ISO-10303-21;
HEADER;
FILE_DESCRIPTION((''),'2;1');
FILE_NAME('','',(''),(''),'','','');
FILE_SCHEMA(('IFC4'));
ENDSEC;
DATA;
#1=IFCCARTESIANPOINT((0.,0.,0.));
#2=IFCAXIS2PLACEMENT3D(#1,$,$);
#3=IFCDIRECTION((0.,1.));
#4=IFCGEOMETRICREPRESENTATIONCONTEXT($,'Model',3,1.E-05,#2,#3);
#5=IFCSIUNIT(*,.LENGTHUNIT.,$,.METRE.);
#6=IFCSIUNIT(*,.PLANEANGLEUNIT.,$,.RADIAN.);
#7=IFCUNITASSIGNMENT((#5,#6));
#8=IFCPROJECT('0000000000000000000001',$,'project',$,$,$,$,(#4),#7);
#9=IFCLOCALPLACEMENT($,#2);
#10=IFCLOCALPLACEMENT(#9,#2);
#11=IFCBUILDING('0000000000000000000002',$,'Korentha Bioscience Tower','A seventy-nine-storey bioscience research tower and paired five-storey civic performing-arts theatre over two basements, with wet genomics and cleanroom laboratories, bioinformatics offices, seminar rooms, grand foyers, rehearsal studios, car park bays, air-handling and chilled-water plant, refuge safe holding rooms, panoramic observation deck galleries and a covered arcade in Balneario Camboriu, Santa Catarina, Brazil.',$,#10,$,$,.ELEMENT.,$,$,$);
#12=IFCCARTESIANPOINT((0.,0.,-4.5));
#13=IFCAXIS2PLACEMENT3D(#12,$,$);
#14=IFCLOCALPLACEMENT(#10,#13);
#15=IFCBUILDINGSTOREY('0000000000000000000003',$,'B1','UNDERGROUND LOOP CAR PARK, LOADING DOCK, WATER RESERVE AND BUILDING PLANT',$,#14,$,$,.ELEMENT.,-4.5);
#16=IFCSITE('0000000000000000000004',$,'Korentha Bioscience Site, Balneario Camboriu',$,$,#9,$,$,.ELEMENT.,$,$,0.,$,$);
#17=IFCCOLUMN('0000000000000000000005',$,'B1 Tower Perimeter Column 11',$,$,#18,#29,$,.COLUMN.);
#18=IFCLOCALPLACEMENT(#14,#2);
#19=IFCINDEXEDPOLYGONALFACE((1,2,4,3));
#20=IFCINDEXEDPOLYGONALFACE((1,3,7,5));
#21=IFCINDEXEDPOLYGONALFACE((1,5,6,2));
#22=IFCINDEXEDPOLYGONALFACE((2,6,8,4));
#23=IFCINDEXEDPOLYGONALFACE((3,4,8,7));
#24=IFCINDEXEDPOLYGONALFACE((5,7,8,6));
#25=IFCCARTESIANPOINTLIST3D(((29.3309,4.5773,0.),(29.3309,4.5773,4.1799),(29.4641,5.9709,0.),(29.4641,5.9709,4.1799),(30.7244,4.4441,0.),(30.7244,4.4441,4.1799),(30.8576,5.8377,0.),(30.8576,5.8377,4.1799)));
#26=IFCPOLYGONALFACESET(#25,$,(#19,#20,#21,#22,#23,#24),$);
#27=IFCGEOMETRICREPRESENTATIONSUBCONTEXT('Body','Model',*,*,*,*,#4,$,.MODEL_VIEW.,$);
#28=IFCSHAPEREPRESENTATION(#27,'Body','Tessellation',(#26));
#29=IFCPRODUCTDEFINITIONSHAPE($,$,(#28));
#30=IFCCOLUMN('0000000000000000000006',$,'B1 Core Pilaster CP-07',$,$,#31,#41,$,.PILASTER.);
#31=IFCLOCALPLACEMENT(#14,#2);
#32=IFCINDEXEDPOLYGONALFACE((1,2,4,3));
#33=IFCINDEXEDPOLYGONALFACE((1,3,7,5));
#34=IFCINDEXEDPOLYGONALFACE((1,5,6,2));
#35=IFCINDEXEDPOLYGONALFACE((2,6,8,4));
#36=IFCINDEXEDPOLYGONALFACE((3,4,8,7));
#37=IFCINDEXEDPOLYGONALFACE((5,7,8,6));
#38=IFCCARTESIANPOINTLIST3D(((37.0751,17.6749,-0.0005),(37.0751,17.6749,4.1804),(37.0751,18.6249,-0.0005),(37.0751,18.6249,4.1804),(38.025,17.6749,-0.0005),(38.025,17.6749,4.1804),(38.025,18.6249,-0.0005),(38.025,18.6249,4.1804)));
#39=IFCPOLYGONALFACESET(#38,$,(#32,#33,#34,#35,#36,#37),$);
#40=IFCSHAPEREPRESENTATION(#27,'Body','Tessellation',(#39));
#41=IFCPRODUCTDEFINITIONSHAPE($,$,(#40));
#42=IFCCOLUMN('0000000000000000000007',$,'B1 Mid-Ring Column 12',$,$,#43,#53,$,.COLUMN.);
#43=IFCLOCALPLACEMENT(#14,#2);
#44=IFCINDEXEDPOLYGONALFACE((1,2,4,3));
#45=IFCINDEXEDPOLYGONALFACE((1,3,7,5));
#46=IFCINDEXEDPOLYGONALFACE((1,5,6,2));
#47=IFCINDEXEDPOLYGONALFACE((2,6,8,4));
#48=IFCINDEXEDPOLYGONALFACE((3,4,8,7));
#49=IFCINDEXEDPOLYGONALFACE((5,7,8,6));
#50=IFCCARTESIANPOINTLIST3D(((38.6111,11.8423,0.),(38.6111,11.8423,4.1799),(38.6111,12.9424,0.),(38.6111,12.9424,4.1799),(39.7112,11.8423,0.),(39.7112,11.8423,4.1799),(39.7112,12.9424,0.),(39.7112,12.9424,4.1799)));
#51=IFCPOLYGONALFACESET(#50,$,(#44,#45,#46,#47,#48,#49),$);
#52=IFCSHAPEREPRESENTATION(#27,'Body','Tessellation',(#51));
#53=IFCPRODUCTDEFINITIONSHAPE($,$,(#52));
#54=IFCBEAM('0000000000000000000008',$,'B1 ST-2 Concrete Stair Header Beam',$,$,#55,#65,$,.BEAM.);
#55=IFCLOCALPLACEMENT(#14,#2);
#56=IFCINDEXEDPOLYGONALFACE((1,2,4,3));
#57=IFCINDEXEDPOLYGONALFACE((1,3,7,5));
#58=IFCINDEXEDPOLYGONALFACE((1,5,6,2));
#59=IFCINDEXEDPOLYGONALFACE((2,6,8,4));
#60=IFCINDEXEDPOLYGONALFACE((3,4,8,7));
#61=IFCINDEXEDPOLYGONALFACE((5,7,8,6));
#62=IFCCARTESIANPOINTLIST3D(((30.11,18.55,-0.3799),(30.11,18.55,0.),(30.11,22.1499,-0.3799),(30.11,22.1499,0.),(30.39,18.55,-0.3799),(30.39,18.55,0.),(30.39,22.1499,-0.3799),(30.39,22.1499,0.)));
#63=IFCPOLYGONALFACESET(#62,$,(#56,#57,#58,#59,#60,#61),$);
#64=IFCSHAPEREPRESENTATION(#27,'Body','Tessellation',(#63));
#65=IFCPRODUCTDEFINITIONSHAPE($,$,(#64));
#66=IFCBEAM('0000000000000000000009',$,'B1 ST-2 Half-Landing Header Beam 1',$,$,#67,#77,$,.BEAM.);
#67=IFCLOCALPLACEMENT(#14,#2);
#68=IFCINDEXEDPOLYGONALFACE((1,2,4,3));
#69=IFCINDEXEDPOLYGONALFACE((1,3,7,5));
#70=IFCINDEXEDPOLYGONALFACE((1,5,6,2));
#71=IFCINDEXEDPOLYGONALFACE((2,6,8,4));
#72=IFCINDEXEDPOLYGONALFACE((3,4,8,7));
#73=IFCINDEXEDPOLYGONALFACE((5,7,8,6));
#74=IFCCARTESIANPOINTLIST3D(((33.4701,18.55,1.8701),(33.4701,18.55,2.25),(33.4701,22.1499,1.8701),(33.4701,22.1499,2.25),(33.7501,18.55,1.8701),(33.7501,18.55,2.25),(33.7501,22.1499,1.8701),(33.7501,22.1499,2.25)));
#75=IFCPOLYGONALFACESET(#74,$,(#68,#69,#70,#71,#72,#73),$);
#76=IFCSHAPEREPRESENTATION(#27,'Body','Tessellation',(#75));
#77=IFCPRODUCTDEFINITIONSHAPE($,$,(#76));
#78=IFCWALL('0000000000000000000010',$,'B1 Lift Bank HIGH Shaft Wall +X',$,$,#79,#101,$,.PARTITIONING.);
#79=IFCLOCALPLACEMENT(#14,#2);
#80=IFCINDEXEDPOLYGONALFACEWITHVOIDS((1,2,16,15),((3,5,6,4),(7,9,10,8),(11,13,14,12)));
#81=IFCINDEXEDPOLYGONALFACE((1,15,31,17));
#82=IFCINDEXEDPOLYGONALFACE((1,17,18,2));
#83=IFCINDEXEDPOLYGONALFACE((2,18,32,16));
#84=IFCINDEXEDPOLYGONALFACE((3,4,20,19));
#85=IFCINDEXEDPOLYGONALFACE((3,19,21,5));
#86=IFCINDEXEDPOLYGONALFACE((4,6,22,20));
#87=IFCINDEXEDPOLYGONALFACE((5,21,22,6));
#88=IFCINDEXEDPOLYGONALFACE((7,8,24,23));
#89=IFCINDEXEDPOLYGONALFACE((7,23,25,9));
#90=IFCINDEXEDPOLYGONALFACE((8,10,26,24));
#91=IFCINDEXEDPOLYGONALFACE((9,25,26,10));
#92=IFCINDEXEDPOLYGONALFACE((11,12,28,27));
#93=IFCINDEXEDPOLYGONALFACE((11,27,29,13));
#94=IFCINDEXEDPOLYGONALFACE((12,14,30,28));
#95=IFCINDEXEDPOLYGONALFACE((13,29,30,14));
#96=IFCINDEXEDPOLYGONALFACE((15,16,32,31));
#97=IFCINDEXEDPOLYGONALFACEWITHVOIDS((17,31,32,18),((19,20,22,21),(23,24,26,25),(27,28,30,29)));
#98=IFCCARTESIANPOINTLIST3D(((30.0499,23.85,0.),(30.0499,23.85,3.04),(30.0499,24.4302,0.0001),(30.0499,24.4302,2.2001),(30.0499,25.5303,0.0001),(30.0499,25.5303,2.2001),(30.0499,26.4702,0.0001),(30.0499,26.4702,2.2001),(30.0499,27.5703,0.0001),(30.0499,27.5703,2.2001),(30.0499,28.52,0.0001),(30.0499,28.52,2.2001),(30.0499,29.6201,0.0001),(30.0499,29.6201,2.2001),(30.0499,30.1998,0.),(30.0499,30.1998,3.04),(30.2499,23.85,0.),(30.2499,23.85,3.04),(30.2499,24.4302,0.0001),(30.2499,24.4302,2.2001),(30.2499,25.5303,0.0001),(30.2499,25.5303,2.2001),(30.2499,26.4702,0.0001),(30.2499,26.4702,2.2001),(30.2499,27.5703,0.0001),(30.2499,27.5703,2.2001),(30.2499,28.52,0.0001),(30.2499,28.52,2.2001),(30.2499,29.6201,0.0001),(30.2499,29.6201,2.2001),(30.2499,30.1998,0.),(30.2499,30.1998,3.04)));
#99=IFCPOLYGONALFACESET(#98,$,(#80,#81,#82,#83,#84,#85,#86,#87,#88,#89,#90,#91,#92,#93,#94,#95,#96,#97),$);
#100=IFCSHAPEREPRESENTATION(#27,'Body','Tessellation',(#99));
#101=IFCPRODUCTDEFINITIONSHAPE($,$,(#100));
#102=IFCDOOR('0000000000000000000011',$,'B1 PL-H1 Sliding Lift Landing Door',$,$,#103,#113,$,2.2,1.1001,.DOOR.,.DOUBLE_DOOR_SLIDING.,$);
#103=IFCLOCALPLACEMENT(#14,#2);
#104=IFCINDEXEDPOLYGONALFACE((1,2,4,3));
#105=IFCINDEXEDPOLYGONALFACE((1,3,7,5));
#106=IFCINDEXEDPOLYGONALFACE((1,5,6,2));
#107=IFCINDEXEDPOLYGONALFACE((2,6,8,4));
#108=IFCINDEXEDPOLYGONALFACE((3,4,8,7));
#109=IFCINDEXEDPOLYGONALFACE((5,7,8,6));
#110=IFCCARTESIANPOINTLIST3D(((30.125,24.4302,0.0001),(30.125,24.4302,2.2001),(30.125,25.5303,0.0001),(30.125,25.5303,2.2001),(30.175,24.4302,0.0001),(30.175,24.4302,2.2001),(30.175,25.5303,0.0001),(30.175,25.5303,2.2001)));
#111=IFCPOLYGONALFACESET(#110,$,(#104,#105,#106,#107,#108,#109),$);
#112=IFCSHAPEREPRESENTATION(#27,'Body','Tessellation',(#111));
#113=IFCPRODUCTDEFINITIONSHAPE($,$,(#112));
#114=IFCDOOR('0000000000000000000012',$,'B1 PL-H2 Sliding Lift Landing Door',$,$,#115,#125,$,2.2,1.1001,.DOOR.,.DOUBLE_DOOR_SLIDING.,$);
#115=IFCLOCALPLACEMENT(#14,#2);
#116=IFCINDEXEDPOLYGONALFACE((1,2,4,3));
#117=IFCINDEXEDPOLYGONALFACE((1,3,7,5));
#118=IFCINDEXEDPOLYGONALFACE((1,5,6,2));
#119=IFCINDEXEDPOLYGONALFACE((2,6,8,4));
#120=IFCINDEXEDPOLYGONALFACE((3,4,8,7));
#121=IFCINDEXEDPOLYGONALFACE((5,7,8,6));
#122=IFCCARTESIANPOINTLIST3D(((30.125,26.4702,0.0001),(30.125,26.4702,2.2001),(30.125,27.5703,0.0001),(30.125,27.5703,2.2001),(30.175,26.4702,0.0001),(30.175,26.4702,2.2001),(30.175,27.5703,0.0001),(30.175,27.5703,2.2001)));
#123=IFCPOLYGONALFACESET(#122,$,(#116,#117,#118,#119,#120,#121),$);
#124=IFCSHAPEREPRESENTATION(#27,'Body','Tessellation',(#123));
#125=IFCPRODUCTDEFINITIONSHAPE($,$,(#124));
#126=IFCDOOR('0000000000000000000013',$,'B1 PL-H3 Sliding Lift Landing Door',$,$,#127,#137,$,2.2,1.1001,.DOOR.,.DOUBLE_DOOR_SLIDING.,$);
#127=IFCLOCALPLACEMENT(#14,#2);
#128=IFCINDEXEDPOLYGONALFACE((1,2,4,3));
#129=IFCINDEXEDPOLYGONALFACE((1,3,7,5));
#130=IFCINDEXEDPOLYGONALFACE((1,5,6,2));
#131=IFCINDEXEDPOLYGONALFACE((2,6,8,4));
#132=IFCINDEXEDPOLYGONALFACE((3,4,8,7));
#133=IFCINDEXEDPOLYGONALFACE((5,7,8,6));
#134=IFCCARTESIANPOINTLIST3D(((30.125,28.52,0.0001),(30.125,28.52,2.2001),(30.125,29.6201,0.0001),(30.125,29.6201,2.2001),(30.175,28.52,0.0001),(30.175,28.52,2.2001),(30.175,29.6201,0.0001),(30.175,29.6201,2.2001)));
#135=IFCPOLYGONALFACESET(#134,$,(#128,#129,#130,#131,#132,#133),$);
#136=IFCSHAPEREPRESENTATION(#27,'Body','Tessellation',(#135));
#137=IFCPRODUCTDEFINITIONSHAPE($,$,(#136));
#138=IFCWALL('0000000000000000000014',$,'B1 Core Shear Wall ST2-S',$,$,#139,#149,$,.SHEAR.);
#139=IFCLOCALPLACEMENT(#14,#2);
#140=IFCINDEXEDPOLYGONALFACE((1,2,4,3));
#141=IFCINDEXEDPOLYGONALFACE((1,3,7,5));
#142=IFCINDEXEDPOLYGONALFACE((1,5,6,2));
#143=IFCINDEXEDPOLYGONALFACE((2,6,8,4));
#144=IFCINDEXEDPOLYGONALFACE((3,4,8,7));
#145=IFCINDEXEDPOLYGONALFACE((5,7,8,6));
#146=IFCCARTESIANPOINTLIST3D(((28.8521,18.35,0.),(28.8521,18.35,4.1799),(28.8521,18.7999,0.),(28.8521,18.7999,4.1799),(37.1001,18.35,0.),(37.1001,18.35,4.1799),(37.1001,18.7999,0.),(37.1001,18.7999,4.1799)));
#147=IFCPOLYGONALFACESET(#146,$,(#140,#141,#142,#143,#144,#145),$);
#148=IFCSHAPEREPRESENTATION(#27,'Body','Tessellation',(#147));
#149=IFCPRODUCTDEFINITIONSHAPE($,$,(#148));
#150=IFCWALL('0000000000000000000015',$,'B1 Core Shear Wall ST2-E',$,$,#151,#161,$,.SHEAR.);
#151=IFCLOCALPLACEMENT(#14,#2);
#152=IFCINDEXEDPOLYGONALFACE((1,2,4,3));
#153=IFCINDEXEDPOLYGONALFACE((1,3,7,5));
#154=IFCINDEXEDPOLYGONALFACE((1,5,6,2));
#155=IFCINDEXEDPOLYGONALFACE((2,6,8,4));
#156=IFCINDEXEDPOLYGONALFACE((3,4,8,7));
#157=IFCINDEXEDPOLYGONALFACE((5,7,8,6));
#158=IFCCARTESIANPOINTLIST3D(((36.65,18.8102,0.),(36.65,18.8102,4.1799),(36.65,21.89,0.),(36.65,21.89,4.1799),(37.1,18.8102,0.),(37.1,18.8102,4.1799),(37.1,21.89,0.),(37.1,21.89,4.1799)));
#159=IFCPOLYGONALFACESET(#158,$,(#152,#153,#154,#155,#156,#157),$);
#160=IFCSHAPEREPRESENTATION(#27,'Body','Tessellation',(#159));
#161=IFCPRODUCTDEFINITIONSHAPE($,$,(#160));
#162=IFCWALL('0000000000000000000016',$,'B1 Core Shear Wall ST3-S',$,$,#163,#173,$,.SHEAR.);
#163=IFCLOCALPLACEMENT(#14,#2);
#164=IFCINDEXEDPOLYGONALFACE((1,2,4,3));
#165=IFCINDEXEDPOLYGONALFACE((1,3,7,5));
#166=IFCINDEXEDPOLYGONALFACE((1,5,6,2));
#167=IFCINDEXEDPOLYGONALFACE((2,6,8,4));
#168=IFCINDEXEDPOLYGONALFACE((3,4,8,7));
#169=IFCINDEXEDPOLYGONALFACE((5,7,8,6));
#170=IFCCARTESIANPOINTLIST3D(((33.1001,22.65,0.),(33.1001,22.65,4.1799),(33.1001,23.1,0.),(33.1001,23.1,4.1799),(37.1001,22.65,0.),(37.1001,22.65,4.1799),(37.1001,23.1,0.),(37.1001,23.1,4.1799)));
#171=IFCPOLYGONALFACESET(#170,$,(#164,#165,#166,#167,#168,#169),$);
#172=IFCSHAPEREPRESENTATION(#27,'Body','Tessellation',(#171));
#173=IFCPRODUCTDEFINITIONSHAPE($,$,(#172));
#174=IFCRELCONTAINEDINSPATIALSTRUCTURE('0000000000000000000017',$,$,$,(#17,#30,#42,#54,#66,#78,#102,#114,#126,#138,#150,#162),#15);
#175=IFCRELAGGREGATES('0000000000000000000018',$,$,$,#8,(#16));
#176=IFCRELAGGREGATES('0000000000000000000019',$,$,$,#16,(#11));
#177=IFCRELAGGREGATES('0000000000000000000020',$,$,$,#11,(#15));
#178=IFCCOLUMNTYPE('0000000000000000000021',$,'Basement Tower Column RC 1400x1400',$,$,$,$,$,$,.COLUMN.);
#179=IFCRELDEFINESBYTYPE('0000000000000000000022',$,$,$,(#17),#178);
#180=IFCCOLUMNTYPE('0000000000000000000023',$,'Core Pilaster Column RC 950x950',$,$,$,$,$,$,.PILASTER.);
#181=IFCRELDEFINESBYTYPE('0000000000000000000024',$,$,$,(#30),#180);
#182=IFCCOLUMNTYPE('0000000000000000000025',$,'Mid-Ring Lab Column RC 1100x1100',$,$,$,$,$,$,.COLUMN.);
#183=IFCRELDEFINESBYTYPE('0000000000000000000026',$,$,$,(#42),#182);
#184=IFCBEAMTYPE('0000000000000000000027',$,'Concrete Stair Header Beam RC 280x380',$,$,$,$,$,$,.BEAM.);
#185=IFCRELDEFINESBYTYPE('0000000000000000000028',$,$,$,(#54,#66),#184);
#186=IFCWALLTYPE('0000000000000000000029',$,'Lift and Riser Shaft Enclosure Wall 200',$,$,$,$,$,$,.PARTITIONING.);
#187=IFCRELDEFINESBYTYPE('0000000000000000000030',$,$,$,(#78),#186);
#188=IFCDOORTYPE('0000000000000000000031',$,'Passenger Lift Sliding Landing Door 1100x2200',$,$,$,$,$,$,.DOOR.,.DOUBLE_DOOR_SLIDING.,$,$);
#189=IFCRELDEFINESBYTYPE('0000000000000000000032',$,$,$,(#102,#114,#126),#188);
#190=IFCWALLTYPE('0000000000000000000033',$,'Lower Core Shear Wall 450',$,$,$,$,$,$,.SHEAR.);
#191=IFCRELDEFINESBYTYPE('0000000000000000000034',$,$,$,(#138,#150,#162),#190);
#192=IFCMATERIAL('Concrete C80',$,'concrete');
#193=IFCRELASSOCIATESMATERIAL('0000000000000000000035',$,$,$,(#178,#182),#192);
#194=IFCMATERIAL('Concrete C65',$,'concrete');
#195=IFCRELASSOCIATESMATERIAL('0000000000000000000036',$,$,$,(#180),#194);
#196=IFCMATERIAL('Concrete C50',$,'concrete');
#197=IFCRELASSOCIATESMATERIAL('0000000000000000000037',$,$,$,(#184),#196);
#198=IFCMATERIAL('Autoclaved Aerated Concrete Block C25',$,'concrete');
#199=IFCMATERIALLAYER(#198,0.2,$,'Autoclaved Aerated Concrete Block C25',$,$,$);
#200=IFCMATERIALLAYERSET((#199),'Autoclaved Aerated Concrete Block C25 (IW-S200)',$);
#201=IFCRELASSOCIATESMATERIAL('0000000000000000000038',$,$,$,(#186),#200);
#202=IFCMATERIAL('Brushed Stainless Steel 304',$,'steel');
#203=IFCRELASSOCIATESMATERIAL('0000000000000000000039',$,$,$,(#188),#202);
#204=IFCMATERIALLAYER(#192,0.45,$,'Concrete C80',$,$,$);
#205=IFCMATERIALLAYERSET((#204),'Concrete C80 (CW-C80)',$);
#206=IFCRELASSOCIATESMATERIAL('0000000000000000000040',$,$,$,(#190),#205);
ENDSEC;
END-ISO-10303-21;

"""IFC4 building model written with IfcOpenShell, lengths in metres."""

from ifc_helpers import new_model, si_unit, direction, frame, frame_2d, origin, origin_2d, place, context, subcontext, project, spatial, rectangle, extrude, material, layer, layer_set, material_profile, profile_set, type_object, element, fill, save


model = new_model("IFC4")

# Units and contexts
model_context = context("Model", 3, precision=1e-05, world=origin(), true_north=direction((0.0, 1.0)))
body_context = subcontext(model_context, "Body", "Model", "MODEL_VIEW")
ifc_project = project(units=[si_unit("LENGTHUNIT", "METRE"), si_unit("PLANEANGLEUNIT", "RADIAN")], contexts=[model_context])

# Site, building, storey
site_placement = place(None, origin())
site = spatial("IfcSite", under=ifc_project, at=site_placement, Name="Korentha Bioscience Site, Balneario Camboriu", CompositionType="ELEMENT", RefElevation=0.0)
building_placement = place(site_placement, origin())
building = spatial("IfcBuilding", under=site, at=building_placement, Name="Korentha Bioscience Tower", Description="A seventy-nine-storey bioscience research tower and paired five-storey civic performing-arts theatre over two basements, with wet genomics and cleanroom laboratories, bioinformatics offices, seminar rooms, grand foyers, rehearsal studios, car park bays, air-handling and chilled-water plant, refuge safe holding rooms, panoramic observation deck galleries and a covered arcade in Balneario Camboriu, Santa Catarina, Brazil.", CompositionType="ELEMENT")
storey_placement = place(building_placement, frame((0.0, 0.0, -4.5)))
storey = spatial("IfcBuildingStorey", under=building, at=storey_placement, Name="B1", Description="UNDERGROUND LOOP CAR PARK, LOADING DOCK, WATER RESERVE AND BUILDING PLANT", CompositionType="ELEMENT", Elevation=-4.5)

# Columns
ifc_material_1 = material(Name="Concrete C80", Category="concrete")
ifc_material_profile_1 = material_profile(ifc_material_1, rectangle(XDim=1.3999, YDim=1.3999, at=origin_2d()), Name="Concrete C80")
ifc_profile_set_1 = profile_set([ifc_material_profile_1], Name="Concrete C80 (COL-B14)")
column_type_1 = type_object("IfcColumnType", Name="Basement Tower Column RC 1400x1400", PredefinedType="COLUMN", material=ifc_profile_set_1)
column_1_placement = place(storey_placement, frame((30.0942, 5.2075, 0.0), z_axis=(0.0, 0.0, 1.0), x_axis=(-0.995463, 0.095151, 0.0)))
element("IfcColumn", 1, at=column_1_placement, inside=storey, type_object=column_type_1, Name="B1 Tower Perimeter Column 11", PredefinedType="COLUMN", context=body_context, shape_type="SweptSolid", body=[
    extrude(rectangle(XDim=1.3999, YDim=1.3999, at=origin_2d()), origin(), (0.0, 0.0, 1.0), 4.1799),
])
ifc_material_2 = material(Name="Concrete C65", Category="concrete")
ifc_material_profile_2 = material_profile(ifc_material_2, rectangle(XDim=0.95, YDim=0.95, at=origin_2d()), Name="Concrete C65")
ifc_profile_set_2 = profile_set([ifc_material_profile_2], Name="Concrete C65 (COL-CP09)")
column_type_2 = type_object("IfcColumnType", Name="Core Pilaster Column RC 950x950", PredefinedType="PILASTER", material=ifc_profile_set_2)
column_2_placement = place(storey_placement, frame((37.55, 18.1499, -0.0005), z_axis=(0.0, 0.0, 1.0), x_axis=(1.0, 0.0, 0.0)))
element("IfcColumn", 2, at=column_2_placement, inside=storey, type_object=column_type_2, Name="B1 Core Pilaster CP-07", PredefinedType="PILASTER", context=body_context, shape_type="SweptSolid", body=[
    extrude(rectangle(XDim=0.95, YDim=0.95, at=origin_2d()), origin(), (0.0, 0.0, 1.0), 4.1809),
])
ifc_material_profile_3 = material_profile(ifc_material_1, rectangle(XDim=1.1001, YDim=1.1001, at=origin_2d()), Name="Concrete C80")
ifc_profile_set_3 = profile_set([ifc_material_profile_3], Name="Concrete C80 (COL-MR11)")
column_type_3 = type_object("IfcColumnType", Name="Mid-Ring Lab Column RC 1100x1100", PredefinedType="COLUMN", material=ifc_profile_set_3)
column_3_placement = place(storey_placement, frame((39.1611, 12.3923, 0.0), z_axis=(0.0, 0.0, 1.0), x_axis=(1.0, 0.0, 0.0)))
element("IfcColumn", 3, at=column_3_placement, inside=storey, type_object=column_type_3, Name="B1 Mid-Ring Column 12", PredefinedType="COLUMN", context=body_context, shape_type="SweptSolid", body=[
    extrude(rectangle(XDim=1.1001, YDim=1.1001, at=origin_2d()), origin(), (0.0, 0.0, 1.0), 4.1799),
])

# Beams
ifc_material_3 = material(Name="Concrete C50", Category="concrete")
ifc_material_profile_4 = material_profile(ifc_material_3, rectangle(XDim=0.28, YDim=0.3799, at=origin_2d()), Name="Concrete C50")
ifc_profile_set_4 = profile_set([ifc_material_profile_4], Name="Concrete C50 (ST-HB380)")
beam_type = type_object("IfcBeamType", Name="Concrete Stair Header Beam RC 280x380", PredefinedType="BEAM", material=ifc_profile_set_4)
for number, where, z_axis, x_axis, name in (
    (4, (30.25, 18.55, -0.1899), (0.0, 1.0, 0.0), (-1.0, 0.0, 0.0), "B1 ST-2 Concrete Stair Header Beam"),
    (5, (33.6101, 18.55, 2.0601), (0.0, 1.0, 0.0), (-1.0, 0.0, 0.0), "B1 ST-2 Half-Landing Header Beam 1"),
):
    element("IfcBeam", number, at=place(storey_placement, frame(where, z_axis=z_axis, x_axis=x_axis)), inside=storey, type_object=beam_type, Name=name, PredefinedType="BEAM", context=body_context, shape_type="SweptSolid", body=[
        extrude(rectangle(XDim=0.28, YDim=0.3799, at=origin_2d()), origin(), (0.0, 0.0, 1.0), 3.5999),
    ])

# Wall, openings, doors
ifc_material_4 = material(Name="Autoclaved Aerated Concrete Block C25", Category="concrete")
ifc_layer_1 = layer(ifc_material_4, 0.2, Name="Autoclaved Aerated Concrete Block C25")
ifc_layer_set_1 = layer_set([ifc_layer_1], Name="Autoclaved Aerated Concrete Block C25 (IW-S200)")
wall_type_1 = type_object("IfcWallType", Name="Lift and Riser Shaft Enclosure Wall 200", PredefinedType="PARTITIONING", material=ifc_layer_set_1)
wall_1_placement = place(storey_placement, frame((30.1499, 23.8501, 0.0), z_axis=(0.0, 0.0, 1.0), x_axis=(0.0, 1.0, 0.0)))
wall_1 = element("IfcWall", 6, at=wall_1_placement, inside=storey, type_object=wall_type_1, Name="B1 Lift Bank HIGH Shaft Wall +X", PredefinedType="PARTITIONING", context=body_context, shape_type="SweptSolid", body=[
    extrude(rectangle(XDim=6.3499, YDim=0.2, at=frame_2d((3.1748, 0.0))), origin(), (0.0, 0.0, 1.0), 3.04),
])
opening_1_placement = place(wall_1_placement, frame((0.5801, 0.0, 0.0)))
opening_1 = element("IfcOpeningElement", 7, at=opening_1_placement, cuts=wall_1, PredefinedType="OPENING", context=body_context, shape_type="SweptSolid", body=[
    extrude(rectangle(XDim=1.1001, YDim=2.2, at=frame_2d((0.55, 1.1001))), frame((0.0, 0.1147, 0.0), z_axis=(0.0, -1.0, 0.0), x_axis=(1.0, 0.0, 0.0)), (0.0, 0.0, 1.0), 0.2297),
])
opening_2_placement = place(wall_1_placement, frame((2.6201, 0.0, 0.0)))
opening_2 = element("IfcOpeningElement", 8, at=opening_2_placement, cuts=wall_1, PredefinedType="OPENING", context=body_context, shape_type="SweptSolid", body=[
    extrude(rectangle(XDim=1.1001, YDim=2.2, at=frame_2d((0.55, 1.1001))), frame((0.0, 0.1147, 0.0), z_axis=(0.0, -1.0, 0.0), x_axis=(1.0, 0.0, 0.0)), (0.0, 0.0, 1.0), 0.2297),
])
opening_3_placement = place(wall_1_placement, frame((4.6699, 0.0, 0.0)))
opening_3 = element("IfcOpeningElement", 9, at=opening_3_placement, cuts=wall_1, PredefinedType="OPENING", context=body_context, shape_type="SweptSolid", body=[
    extrude(rectangle(XDim=1.1001, YDim=2.2, at=frame_2d((0.55, 1.1001))), frame((0.0, 0.1147, 0.0), z_axis=(0.0, -1.0, 0.0), x_axis=(1.0, 0.0, 0.0)), (0.0, 0.0, 1.0), 0.2297),
])
ifc_material_5 = material(Name="Brushed Stainless Steel 304", Category="steel")
door_type_1 = type_object("IfcDoorType", Name="Passenger Lift Sliding Landing Door 1100x2200", OperationType="DOUBLE_DOOR_SLIDING", PredefinedType="DOOR", material=ifc_material_5)
door_1_placement = place(opening_1_placement, origin())
door_1 = element("IfcDoor", 10, at=door_1_placement, inside=storey, type_object=door_type_1, Name="B1 PL-H1 Sliding Lift Landing Door", OperationType="DOUBLE_DOOR_SLIDING", OverallHeight=2.2, OverallWidth=1.1001, PredefinedType="DOOR", context=body_context, shape_type="SweptSolid", body=[
    extrude(rectangle(XDim=1.1001, YDim=2.2, at=frame_2d((0.55, 1.1001))), frame((0.0, 0.0249, 0.0), z_axis=(0.0, -1.0, 0.0), x_axis=(1.0, 0.0, 0.0)), (0.0, 0.0, 1.0), 0.05),
])
fill(opening_1, door_1)
door_2_placement = place(opening_2_placement, origin())
door_2 = element("IfcDoor", 11, at=door_2_placement, inside=storey, type_object=door_type_1, Name="B1 PL-H2 Sliding Lift Landing Door", OperationType="DOUBLE_DOOR_SLIDING", OverallHeight=2.2, OverallWidth=1.1001, PredefinedType="DOOR", context=body_context, shape_type="SweptSolid", body=[
    extrude(rectangle(XDim=1.1001, YDim=2.2, at=frame_2d((0.55, 1.1001))), frame((0.0, 0.0249, 0.0), z_axis=(0.0, -1.0, 0.0), x_axis=(1.0, 0.0, 0.0)), (0.0, 0.0, 1.0), 0.05),
])
fill(opening_2, door_2)
door_3_placement = place(opening_3_placement, origin())
door_3 = element("IfcDoor", 12, at=door_3_placement, inside=storey, type_object=door_type_1, Name="B1 PL-H3 Sliding Lift Landing Door", OperationType="DOUBLE_DOOR_SLIDING", OverallHeight=2.2, OverallWidth=1.1001, PredefinedType="DOOR", context=body_context, shape_type="SweptSolid", body=[
    extrude(rectangle(XDim=1.1001, YDim=2.2, at=frame_2d((0.55, 1.1001))), frame((0.0, 0.0249, 0.0), z_axis=(0.0, -1.0, 0.0), x_axis=(1.0, 0.0, 0.0)), (0.0, 0.0, 1.0), 0.05),
])
fill(opening_3, door_3)

# Walls
ifc_layer_2 = layer(ifc_material_1, 0.45, Name="Concrete C80")
ifc_layer_set_2 = layer_set([ifc_layer_2], Name="Concrete C80 (CW-C80)")
wall_type_2 = type_object("IfcWallType", Name="Lower Core Shear Wall 450", PredefinedType="SHEAR", material=ifc_layer_set_2)
wall_2_placement = place(storey_placement, frame((28.8521, 18.575, 0.0), z_axis=(0.0, 0.0, 1.0), x_axis=(1.0, 0.0, 0.0)))
element("IfcWall", 13, at=wall_2_placement, inside=storey, type_object=wall_type_2, Name="B1 Core Shear Wall ST2-S", PredefinedType="SHEAR", context=body_context, shape_type="SweptSolid", body=[
    extrude(rectangle(XDim=8.248, YDim=0.45, at=frame_2d((4.124, 0.0))), origin(), (0.0, 0.0, 1.0), 4.1799),
])
wall_3_placement = place(storey_placement, frame((36.875, 18.8101, 0.0), z_axis=(0.0, 0.0, 1.0), x_axis=(0.0, 1.0, 0.0)))
element("IfcWall", 14, at=wall_3_placement, inside=storey, type_object=wall_type_2, Name="B1 Core Shear Wall ST2-E", PredefinedType="SHEAR", context=body_context, shape_type="SweptSolid", body=[
    extrude(rectangle(XDim=3.0798, YDim=0.45, at=frame_2d((1.54, 0.0))), origin(), (0.0, 0.0, 1.0), 4.1799),
])
wall_4_placement = place(storey_placement, frame((33.1001, 22.875, 0.0), z_axis=(0.0, 0.0, 1.0), x_axis=(1.0, 0.0, 0.0)))
element("IfcWall", 15, at=wall_4_placement, inside=storey, type_object=wall_type_2, Name="B1 Core Shear Wall ST3-S", PredefinedType="SHEAR", context=body_context, shape_type="SweptSolid", body=[
    extrude(rectangle(XDim=4.0, YDim=0.45, at=frame_2d((2.0, 0.0))), origin(), (0.0, 0.0, 1.0), 4.1799),
])

save(model, "model.ifc")
